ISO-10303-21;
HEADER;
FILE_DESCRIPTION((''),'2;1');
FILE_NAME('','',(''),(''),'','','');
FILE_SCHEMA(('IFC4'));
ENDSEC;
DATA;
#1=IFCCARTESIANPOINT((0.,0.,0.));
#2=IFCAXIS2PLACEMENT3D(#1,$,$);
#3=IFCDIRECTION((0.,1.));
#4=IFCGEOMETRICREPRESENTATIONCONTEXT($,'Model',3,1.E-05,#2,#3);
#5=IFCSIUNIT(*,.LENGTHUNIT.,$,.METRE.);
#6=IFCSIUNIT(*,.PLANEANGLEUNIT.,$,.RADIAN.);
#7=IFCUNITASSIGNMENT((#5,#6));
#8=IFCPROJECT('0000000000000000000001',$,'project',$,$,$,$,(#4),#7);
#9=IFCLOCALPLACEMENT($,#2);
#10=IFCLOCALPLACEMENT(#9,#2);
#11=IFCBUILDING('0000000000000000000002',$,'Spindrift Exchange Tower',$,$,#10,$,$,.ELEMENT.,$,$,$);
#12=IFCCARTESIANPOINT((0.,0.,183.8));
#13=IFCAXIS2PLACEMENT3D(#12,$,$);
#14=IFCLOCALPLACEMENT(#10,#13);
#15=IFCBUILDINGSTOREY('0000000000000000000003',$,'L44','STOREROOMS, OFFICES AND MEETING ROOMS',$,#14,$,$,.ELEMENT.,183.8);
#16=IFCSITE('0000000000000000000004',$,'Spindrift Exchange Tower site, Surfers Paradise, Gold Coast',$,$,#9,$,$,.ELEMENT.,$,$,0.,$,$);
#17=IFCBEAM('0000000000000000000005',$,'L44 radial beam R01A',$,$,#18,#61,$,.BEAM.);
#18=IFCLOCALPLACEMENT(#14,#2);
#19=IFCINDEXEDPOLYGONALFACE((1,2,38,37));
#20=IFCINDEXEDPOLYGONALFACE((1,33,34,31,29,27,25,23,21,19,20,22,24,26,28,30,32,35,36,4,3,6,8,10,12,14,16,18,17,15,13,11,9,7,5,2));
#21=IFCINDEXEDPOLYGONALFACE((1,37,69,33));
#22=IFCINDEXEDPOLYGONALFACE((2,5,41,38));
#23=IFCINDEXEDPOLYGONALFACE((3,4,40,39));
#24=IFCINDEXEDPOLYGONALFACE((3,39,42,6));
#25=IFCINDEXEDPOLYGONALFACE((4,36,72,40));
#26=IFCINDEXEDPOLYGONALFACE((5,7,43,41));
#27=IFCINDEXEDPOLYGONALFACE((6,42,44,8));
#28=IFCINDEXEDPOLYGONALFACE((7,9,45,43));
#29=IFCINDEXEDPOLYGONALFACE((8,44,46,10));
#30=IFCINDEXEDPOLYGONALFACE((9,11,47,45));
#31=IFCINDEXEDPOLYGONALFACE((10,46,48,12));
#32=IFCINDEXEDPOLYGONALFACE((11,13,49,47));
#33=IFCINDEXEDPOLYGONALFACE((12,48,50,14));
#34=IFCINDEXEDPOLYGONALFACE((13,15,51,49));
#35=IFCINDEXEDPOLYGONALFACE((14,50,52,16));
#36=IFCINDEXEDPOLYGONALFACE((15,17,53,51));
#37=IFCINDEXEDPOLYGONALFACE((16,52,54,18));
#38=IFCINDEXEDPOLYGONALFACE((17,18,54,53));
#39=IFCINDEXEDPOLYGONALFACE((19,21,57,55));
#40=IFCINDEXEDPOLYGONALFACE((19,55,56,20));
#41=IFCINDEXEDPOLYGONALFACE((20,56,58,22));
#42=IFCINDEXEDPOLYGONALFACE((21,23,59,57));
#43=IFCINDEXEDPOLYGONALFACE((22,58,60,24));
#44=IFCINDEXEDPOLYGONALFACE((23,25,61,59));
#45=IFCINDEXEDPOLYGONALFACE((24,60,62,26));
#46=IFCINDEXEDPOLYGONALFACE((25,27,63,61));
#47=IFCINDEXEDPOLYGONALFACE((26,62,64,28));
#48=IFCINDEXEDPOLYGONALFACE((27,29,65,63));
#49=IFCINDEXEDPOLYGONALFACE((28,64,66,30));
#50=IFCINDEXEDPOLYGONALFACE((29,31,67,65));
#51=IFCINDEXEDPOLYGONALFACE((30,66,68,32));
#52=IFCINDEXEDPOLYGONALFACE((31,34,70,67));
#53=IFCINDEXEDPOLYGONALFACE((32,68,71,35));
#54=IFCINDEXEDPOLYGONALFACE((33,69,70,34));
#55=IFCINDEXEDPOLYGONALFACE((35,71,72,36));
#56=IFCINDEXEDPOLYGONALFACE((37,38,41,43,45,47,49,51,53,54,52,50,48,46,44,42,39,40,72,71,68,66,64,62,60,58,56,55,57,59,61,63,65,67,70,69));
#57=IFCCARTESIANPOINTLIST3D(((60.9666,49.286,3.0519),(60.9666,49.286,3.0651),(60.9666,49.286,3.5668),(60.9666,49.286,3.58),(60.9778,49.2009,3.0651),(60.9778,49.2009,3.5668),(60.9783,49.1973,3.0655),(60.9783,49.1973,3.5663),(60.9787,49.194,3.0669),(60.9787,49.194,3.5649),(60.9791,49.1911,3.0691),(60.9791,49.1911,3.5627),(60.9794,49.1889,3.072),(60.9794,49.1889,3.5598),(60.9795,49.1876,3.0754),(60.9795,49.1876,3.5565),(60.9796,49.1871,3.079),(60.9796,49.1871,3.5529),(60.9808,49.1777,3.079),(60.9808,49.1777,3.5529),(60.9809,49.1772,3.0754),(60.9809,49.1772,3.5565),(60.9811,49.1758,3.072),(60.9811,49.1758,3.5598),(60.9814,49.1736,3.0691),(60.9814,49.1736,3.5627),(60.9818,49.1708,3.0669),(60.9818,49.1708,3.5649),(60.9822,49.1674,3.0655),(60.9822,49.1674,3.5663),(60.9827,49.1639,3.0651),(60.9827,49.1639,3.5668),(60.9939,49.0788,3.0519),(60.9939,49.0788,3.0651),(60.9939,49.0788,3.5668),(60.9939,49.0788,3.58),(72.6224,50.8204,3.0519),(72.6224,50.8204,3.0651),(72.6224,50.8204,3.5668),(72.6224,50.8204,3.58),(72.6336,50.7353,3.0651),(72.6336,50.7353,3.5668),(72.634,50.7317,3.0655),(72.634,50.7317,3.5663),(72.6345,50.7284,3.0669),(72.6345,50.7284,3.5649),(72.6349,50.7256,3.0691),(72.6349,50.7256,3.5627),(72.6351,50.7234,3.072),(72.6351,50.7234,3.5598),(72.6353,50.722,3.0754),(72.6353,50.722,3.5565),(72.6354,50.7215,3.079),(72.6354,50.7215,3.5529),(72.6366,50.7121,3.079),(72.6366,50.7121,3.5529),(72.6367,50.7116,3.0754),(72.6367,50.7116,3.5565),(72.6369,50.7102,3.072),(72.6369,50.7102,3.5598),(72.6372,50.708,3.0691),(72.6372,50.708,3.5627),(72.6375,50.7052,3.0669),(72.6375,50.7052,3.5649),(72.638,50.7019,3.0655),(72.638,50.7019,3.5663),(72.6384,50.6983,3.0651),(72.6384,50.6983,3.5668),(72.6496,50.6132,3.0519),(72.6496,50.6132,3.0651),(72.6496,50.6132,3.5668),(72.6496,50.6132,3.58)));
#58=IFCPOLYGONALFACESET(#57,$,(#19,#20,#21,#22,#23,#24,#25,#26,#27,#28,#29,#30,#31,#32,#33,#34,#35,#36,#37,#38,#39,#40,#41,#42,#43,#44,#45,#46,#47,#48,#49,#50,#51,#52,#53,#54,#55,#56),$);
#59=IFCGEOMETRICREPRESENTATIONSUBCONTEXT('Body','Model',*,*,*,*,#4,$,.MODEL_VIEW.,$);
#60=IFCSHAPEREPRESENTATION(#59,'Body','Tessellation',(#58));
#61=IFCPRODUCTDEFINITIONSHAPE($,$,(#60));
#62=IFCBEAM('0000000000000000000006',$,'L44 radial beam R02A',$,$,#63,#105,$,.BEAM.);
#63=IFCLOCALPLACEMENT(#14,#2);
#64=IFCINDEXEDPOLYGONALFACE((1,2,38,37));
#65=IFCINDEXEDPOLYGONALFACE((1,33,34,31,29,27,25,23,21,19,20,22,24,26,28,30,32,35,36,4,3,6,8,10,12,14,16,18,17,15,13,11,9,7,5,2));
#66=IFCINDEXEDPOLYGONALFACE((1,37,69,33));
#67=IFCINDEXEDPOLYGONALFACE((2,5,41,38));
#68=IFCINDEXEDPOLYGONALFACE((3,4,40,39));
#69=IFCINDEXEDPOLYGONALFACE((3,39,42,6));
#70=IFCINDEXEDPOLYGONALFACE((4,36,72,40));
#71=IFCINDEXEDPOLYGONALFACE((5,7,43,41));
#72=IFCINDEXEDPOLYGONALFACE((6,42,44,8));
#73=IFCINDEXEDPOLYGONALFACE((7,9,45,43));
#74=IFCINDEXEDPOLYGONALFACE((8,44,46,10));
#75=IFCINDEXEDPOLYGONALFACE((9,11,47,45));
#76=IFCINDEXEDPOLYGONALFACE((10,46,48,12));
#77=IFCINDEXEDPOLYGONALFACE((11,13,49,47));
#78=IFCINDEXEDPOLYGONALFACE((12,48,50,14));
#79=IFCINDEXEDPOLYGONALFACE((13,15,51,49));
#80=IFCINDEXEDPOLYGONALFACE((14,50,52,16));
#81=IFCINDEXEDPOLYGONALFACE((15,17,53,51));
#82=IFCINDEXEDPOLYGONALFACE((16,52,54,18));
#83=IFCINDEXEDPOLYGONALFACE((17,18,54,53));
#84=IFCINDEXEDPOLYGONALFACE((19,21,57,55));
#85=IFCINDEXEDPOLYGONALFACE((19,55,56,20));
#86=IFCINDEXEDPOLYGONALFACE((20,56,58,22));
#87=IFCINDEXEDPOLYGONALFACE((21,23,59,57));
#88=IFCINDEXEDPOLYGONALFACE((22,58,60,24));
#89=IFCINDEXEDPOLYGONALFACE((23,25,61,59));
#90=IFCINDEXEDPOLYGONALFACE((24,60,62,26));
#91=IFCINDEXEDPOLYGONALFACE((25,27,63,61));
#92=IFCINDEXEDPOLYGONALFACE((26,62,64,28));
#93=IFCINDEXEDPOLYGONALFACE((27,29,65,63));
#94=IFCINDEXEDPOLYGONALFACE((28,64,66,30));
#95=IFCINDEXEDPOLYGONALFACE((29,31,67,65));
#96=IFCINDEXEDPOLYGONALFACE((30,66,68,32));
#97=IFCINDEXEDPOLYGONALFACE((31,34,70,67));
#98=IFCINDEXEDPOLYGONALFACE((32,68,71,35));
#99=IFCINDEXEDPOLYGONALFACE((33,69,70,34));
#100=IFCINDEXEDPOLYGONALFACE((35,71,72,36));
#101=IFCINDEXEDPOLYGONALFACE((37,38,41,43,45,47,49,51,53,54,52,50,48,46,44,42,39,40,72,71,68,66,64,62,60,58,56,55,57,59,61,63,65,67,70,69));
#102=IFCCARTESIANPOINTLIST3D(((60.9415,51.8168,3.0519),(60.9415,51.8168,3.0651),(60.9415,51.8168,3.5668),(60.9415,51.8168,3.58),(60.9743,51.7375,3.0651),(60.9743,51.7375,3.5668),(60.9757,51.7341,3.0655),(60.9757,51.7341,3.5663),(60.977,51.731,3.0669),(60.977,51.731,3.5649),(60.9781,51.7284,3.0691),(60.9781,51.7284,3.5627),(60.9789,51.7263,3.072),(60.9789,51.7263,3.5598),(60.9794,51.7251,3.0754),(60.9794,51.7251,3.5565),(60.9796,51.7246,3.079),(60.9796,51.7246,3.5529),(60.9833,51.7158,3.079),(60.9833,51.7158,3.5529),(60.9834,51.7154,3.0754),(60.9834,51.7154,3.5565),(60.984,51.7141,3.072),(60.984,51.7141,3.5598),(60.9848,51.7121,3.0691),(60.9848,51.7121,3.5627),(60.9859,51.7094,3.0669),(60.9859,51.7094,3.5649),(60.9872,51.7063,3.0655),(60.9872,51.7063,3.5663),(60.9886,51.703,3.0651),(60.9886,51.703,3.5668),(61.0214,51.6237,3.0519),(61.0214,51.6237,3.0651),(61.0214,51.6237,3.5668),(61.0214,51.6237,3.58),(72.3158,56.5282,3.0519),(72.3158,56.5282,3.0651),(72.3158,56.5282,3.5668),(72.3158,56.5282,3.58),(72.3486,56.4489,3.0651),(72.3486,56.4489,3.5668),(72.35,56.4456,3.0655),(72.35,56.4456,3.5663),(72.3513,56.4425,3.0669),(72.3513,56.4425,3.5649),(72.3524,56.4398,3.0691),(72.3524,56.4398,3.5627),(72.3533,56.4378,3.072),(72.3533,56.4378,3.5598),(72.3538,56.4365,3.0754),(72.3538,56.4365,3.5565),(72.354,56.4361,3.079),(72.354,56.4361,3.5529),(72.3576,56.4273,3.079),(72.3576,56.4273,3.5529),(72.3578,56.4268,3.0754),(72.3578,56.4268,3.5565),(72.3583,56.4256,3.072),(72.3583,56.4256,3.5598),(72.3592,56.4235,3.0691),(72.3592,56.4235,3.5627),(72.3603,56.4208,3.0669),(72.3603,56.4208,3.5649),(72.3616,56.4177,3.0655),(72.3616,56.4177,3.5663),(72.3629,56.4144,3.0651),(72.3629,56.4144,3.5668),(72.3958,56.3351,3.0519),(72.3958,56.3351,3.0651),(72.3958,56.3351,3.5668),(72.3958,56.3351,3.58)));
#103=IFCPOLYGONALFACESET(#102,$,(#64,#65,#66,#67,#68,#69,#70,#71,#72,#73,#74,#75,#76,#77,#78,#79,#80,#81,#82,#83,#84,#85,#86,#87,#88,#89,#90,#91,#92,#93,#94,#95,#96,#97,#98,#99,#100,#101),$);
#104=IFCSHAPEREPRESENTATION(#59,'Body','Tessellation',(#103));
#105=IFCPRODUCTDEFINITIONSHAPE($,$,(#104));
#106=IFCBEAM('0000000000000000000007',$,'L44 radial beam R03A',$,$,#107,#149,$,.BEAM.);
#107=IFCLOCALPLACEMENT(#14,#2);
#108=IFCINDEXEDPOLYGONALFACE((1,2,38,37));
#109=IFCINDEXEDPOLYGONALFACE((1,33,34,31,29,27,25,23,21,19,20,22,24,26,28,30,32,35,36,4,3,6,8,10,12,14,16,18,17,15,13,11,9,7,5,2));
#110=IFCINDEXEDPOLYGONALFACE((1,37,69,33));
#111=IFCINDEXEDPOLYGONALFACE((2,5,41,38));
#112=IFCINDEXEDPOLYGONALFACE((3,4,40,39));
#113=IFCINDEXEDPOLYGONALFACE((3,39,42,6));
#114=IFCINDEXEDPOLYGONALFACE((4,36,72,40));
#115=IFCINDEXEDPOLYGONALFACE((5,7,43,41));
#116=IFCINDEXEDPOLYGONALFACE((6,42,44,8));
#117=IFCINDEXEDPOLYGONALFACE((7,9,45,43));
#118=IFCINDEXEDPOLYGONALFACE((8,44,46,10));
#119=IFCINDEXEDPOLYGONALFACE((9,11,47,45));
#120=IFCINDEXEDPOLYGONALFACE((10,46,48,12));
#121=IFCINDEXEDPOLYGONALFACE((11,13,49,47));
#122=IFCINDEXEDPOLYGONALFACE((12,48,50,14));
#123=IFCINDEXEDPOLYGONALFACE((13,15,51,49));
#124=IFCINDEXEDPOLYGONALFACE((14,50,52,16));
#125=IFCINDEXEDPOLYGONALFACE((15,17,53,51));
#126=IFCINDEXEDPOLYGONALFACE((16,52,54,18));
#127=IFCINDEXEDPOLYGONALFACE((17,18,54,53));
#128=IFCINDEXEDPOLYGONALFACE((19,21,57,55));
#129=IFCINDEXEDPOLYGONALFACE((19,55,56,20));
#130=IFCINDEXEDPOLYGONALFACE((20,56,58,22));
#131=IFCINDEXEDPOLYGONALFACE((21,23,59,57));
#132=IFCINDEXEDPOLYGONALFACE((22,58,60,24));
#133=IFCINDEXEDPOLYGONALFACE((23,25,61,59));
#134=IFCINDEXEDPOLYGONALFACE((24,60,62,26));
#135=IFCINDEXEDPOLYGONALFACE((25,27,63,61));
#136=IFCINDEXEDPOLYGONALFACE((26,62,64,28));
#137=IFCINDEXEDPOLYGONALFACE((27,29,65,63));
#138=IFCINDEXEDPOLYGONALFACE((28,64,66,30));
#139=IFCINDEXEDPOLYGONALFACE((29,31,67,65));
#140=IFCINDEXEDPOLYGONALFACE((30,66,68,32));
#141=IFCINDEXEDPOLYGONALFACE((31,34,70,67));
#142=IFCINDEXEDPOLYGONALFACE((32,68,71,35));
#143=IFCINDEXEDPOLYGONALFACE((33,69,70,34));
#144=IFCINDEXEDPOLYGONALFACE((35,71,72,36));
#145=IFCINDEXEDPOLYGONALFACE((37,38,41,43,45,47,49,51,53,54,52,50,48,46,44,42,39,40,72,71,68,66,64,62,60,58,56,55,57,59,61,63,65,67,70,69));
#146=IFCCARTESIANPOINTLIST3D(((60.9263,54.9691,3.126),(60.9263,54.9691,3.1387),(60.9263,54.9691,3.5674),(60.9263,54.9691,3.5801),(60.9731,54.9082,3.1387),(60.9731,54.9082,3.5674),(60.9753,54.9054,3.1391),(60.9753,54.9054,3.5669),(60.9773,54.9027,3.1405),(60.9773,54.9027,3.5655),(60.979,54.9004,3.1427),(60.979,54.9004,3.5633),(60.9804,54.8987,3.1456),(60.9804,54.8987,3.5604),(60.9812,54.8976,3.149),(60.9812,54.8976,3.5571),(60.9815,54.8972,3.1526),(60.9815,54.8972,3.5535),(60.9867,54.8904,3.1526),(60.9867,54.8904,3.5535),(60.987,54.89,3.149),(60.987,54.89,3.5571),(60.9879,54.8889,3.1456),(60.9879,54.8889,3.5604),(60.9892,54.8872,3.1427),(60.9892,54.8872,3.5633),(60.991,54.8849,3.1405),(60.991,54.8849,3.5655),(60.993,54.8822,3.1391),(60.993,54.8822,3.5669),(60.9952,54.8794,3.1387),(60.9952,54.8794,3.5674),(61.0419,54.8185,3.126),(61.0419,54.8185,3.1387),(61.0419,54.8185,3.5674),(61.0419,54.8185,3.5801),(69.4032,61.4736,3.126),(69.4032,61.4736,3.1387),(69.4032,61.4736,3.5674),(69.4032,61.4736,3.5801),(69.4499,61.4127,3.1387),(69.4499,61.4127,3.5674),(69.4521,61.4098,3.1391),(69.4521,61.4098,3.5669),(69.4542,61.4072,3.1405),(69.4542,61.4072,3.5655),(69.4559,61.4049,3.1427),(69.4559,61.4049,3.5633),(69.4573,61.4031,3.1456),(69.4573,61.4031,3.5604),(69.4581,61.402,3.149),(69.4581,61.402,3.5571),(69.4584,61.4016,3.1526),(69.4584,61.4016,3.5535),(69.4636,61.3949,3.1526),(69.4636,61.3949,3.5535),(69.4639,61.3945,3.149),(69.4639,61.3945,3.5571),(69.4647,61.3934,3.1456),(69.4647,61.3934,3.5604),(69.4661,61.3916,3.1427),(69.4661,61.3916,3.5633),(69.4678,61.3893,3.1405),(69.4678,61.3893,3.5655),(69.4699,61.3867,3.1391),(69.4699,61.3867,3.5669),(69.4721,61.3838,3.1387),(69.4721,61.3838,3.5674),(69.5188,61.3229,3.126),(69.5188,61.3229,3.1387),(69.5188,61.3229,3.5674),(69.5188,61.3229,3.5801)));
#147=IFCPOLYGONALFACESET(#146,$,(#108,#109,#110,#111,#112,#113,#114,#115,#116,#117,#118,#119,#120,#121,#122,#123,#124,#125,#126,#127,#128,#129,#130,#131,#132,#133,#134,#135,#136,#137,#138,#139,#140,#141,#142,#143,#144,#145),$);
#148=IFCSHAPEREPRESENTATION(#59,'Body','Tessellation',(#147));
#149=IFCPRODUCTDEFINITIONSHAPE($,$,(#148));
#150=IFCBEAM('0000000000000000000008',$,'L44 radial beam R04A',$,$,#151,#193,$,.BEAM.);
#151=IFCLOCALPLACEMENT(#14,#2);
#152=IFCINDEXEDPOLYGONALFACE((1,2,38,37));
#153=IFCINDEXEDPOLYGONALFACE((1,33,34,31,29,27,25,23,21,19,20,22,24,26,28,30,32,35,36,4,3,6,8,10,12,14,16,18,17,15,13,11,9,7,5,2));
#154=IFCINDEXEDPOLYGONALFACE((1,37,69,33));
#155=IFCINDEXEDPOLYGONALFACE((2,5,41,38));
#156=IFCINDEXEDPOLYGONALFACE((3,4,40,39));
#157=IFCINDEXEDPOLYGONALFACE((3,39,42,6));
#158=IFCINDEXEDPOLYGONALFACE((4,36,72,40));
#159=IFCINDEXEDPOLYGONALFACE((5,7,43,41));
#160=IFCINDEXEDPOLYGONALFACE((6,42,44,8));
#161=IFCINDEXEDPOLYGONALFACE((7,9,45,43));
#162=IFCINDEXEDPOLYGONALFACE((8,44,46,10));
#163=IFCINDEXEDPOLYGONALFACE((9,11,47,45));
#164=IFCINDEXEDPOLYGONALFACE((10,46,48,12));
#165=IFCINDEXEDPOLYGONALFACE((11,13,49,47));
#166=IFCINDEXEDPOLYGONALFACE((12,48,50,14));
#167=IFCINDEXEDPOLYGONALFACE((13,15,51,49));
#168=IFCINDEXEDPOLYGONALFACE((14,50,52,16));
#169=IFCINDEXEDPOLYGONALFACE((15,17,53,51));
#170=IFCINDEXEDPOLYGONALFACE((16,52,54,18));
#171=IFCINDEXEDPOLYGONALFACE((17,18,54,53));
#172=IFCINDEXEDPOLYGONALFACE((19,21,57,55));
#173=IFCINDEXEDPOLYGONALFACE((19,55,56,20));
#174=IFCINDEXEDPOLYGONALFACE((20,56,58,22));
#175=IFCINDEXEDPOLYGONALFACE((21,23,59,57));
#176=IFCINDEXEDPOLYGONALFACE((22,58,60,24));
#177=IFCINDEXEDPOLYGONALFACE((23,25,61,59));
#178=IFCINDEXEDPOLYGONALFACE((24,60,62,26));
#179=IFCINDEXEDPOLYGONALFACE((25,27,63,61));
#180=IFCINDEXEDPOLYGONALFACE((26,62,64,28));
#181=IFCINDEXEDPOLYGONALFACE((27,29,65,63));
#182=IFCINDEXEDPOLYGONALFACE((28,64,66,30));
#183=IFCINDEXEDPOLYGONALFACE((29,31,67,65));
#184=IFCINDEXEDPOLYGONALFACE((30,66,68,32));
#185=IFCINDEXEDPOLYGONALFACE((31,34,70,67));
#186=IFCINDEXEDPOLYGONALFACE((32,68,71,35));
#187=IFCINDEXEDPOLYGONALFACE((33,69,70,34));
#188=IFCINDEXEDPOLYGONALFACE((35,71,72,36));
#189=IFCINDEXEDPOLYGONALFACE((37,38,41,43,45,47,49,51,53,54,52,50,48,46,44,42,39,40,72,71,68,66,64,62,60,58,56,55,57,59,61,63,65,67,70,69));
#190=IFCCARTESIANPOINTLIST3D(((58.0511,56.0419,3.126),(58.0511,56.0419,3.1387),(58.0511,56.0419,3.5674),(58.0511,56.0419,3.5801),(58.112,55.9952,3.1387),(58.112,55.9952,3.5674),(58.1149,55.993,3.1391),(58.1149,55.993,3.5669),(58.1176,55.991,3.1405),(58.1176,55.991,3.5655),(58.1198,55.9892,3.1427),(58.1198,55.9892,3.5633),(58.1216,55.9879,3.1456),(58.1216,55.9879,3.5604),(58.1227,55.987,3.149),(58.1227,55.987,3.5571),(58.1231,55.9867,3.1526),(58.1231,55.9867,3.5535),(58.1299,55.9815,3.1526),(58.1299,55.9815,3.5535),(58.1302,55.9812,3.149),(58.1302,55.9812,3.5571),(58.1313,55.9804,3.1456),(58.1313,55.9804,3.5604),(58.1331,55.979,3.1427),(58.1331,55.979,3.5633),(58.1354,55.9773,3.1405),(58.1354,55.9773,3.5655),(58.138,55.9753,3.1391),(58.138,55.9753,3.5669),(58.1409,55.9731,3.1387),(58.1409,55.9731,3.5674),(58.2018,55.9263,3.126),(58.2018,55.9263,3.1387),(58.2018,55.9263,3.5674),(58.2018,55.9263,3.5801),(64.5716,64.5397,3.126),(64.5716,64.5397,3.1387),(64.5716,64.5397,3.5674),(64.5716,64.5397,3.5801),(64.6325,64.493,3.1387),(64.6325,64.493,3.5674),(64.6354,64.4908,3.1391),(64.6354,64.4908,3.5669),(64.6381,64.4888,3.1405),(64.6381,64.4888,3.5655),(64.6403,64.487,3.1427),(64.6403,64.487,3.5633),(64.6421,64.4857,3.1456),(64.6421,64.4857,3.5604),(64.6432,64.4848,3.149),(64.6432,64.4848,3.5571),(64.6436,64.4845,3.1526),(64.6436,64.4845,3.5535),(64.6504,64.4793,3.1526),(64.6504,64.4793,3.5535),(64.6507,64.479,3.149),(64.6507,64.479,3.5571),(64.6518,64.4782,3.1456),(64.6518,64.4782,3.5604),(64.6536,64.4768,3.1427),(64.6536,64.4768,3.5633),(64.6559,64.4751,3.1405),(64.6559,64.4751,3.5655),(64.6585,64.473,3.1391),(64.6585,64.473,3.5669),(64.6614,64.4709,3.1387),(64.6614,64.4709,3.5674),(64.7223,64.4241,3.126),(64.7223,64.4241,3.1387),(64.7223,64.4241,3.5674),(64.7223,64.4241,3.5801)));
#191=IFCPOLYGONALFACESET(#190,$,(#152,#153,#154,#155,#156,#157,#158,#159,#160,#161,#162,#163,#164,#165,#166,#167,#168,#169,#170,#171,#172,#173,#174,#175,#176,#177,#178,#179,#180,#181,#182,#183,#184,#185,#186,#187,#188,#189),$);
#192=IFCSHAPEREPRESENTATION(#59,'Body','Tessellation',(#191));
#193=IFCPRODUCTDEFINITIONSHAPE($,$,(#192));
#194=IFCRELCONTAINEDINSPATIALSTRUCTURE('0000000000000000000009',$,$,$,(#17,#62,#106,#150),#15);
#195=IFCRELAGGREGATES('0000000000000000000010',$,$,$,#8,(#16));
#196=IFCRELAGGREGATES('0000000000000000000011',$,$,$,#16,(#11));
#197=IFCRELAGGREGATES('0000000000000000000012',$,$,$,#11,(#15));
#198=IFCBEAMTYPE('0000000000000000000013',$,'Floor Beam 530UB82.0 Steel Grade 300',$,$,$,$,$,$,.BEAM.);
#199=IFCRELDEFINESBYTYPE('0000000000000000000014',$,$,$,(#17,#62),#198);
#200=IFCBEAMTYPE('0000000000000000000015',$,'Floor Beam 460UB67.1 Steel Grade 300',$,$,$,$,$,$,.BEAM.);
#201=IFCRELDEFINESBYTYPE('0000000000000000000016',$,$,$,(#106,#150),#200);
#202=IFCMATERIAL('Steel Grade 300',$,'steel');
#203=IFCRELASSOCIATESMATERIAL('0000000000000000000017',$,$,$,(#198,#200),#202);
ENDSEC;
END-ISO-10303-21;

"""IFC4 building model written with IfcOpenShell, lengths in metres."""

from ifc_helpers import new_model, si_unit, direction, frame, origin, origin_2d, place, context, subcontext, project, spatial, i_section, extrude, source, transform, mapped, material, material_profile, profile_set, type_object, element, save


model = new_model("IFC4")

# Units and contexts
model_context = context("Model", 3, precision=1e-05, world=origin(), true_north=direction((0.0, 1.0)))
body_context = subcontext(model_context, "Body", "Model", "MODEL_VIEW")
ifc_project = project(units=[si_unit("LENGTHUNIT", "METRE"), si_unit("PLANEANGLEUNIT", "RADIAN")], contexts=[model_context])

# Site, building, storey
site_placement = place(None, origin())
site = spatial("IfcSite", under=ifc_project, at=site_placement, Name="Spindrift Exchange Tower site, Surfers Paradise, Gold Coast", CompositionType="ELEMENT", RefElevation=0.0)
building_placement = place(site_placement, origin())
building = spatial("IfcBuilding", under=site, at=building_placement, Name="Spindrift Exchange Tower", CompositionType="ELEMENT")
storey_placement = place(building_placement, frame((0.0, 0.0, 183.8)))
storey = spatial("IfcBuildingStorey", under=building, at=storey_placement, Name="L44", Description="STOREROOMS, OFFICES AND MEETING ROOMS", CompositionType="ELEMENT", Elevation=183.8)

# Beams
ifc_material_1 = material(Name="Steel Grade 300", Category="steel")
ifc_material_profile_1 = material_profile(ifc_material_1, i_section(OverallWidth=0.209, OverallDepth=0.5281, WebThickness=0.0095, FlangeThickness=0.0132, FilletRadius=0.0139, at=origin_2d()), Name="530UB82.0")
ifc_profile_set_1 = profile_set([ifc_material_profile_1], Name="Steel Grade 300")
beam_type_1 = type_object("IfcBeamType", Name="Floor Beam 530UB82.0 Steel Grade 300", PredefinedType="BEAM", material=ifc_profile_set_1)
shared_shape_1 = source(origin(), body_context, "Body", "SweptSolid", [
    extrude(i_section(OverallWidth=0.209, OverallDepth=0.5281, WebThickness=0.0095, FlangeThickness=0.0132, FilletRadius=0.0139, at=origin_2d()), origin(), (0.0, 0.0, 1.0), 11.7563),
])
beam_1_placement = place(storey_placement, frame((60.9802, 49.1824, 3.3159), z_axis=(0.991446, 0.130519, 0.0), x_axis=(-0.130519, 0.991446, 0.0)))
element("IfcBeam", 1, at=beam_1_placement, inside=storey, type_object=beam_type_1, Name="L44 radial beam R01A", PredefinedType="BEAM", context=body_context, shape_type="MappedRepresentation", body=[
    mapped(shared_shape_1, transform((0.0, 0.0, 0.0), scale=1.0)),
])
shared_shape_2 = source(origin(), body_context, "Body", "SweptSolid", [
    extrude(i_section(OverallWidth=0.209, OverallDepth=0.5281, WebThickness=0.0095, FlangeThickness=0.0132, FilletRadius=0.0139, at=origin_2d()), origin(), (0.0, 0.0, 1.0), 12.3115),
])
beam_2_placement = place(storey_placement, frame((60.9814, 51.7202, 3.3159), z_axis=(0.923878, 0.382687, 0.0), x_axis=(-0.382687, 0.923878, 0.0)))
element("IfcBeam", 2, at=beam_2_placement, inside=storey, type_object=beam_type_1, Name="L44 radial beam R02A", PredefinedType="BEAM", context=body_context, shape_type="MappedRepresentation", body=[
    mapped(shared_shape_2, transform((0.0, 0.0, 0.0), scale=1.0)),
])
ifc_material_profile_2 = material_profile(ifc_material_1, i_section(OverallWidth=0.1899, OverallDepth=0.4541, WebThickness=0.0085, FlangeThickness=0.0127, FilletRadius=0.0139, at=origin_2d()), Name="460UB67.1")
ifc_profile_set_2 = profile_set([ifc_material_profile_2], Name="Steel Grade 300")
beam_type_2 = type_object("IfcBeamType", Name="Floor Beam 460UB67.1 Steel Grade 300", PredefinedType="BEAM", material=ifc_profile_set_2)
shared_shape_3 = source(origin(), body_context, "Body", "SweptSolid", [
    extrude(i_section(OverallWidth=0.1899, OverallDepth=0.4541, WebThickness=0.0085, FlangeThickness=0.0127, FilletRadius=0.0139, at=origin_2d()), origin(), (0.0, 0.0, 1.0), 10.6848),
])
beam_3_placement = place(storey_placement, frame((60.9841, 54.8938, 3.353), z_axis=(0.793357, 0.608756, 0.0), x_axis=(-0.608756, 0.793357, 0.0)))
element("IfcBeam", 3, at=beam_3_placement, inside=storey, type_object=beam_type_2, Name="L44 radial beam R03A", PredefinedType="BEAM", context=body_context, shape_type="MappedRepresentation", body=[
    mapped(shared_shape_3, transform((0.0, 0.0, 0.0), scale=1.0)),
])
shared_shape_4 = source(origin(), body_context, "Body", "SweptSolid", [
    extrude(i_section(OverallWidth=0.1899, OverallDepth=0.4541, WebThickness=0.0085, FlangeThickness=0.0127, FilletRadius=0.0139, at=origin_2d()), origin(), (0.0, 0.0, 1.0), 10.7112),
])
beam_4_placement = place(storey_placement, frame((58.1265, 55.9841, 3.353), z_axis=(0.608756, 0.793357, 0.0), x_axis=(-0.793357, 0.608756, 0.0)))
element("IfcBeam", 4, at=beam_4_placement, inside=storey, type_object=beam_type_2, Name="L44 radial beam R04A", PredefinedType="BEAM", context=body_context, shape_type="MappedRepresentation", body=[
    mapped(shared_shape_4, transform((0.0, 0.0, 0.0), scale=1.0)),
])

save(model, "model.ifc")
